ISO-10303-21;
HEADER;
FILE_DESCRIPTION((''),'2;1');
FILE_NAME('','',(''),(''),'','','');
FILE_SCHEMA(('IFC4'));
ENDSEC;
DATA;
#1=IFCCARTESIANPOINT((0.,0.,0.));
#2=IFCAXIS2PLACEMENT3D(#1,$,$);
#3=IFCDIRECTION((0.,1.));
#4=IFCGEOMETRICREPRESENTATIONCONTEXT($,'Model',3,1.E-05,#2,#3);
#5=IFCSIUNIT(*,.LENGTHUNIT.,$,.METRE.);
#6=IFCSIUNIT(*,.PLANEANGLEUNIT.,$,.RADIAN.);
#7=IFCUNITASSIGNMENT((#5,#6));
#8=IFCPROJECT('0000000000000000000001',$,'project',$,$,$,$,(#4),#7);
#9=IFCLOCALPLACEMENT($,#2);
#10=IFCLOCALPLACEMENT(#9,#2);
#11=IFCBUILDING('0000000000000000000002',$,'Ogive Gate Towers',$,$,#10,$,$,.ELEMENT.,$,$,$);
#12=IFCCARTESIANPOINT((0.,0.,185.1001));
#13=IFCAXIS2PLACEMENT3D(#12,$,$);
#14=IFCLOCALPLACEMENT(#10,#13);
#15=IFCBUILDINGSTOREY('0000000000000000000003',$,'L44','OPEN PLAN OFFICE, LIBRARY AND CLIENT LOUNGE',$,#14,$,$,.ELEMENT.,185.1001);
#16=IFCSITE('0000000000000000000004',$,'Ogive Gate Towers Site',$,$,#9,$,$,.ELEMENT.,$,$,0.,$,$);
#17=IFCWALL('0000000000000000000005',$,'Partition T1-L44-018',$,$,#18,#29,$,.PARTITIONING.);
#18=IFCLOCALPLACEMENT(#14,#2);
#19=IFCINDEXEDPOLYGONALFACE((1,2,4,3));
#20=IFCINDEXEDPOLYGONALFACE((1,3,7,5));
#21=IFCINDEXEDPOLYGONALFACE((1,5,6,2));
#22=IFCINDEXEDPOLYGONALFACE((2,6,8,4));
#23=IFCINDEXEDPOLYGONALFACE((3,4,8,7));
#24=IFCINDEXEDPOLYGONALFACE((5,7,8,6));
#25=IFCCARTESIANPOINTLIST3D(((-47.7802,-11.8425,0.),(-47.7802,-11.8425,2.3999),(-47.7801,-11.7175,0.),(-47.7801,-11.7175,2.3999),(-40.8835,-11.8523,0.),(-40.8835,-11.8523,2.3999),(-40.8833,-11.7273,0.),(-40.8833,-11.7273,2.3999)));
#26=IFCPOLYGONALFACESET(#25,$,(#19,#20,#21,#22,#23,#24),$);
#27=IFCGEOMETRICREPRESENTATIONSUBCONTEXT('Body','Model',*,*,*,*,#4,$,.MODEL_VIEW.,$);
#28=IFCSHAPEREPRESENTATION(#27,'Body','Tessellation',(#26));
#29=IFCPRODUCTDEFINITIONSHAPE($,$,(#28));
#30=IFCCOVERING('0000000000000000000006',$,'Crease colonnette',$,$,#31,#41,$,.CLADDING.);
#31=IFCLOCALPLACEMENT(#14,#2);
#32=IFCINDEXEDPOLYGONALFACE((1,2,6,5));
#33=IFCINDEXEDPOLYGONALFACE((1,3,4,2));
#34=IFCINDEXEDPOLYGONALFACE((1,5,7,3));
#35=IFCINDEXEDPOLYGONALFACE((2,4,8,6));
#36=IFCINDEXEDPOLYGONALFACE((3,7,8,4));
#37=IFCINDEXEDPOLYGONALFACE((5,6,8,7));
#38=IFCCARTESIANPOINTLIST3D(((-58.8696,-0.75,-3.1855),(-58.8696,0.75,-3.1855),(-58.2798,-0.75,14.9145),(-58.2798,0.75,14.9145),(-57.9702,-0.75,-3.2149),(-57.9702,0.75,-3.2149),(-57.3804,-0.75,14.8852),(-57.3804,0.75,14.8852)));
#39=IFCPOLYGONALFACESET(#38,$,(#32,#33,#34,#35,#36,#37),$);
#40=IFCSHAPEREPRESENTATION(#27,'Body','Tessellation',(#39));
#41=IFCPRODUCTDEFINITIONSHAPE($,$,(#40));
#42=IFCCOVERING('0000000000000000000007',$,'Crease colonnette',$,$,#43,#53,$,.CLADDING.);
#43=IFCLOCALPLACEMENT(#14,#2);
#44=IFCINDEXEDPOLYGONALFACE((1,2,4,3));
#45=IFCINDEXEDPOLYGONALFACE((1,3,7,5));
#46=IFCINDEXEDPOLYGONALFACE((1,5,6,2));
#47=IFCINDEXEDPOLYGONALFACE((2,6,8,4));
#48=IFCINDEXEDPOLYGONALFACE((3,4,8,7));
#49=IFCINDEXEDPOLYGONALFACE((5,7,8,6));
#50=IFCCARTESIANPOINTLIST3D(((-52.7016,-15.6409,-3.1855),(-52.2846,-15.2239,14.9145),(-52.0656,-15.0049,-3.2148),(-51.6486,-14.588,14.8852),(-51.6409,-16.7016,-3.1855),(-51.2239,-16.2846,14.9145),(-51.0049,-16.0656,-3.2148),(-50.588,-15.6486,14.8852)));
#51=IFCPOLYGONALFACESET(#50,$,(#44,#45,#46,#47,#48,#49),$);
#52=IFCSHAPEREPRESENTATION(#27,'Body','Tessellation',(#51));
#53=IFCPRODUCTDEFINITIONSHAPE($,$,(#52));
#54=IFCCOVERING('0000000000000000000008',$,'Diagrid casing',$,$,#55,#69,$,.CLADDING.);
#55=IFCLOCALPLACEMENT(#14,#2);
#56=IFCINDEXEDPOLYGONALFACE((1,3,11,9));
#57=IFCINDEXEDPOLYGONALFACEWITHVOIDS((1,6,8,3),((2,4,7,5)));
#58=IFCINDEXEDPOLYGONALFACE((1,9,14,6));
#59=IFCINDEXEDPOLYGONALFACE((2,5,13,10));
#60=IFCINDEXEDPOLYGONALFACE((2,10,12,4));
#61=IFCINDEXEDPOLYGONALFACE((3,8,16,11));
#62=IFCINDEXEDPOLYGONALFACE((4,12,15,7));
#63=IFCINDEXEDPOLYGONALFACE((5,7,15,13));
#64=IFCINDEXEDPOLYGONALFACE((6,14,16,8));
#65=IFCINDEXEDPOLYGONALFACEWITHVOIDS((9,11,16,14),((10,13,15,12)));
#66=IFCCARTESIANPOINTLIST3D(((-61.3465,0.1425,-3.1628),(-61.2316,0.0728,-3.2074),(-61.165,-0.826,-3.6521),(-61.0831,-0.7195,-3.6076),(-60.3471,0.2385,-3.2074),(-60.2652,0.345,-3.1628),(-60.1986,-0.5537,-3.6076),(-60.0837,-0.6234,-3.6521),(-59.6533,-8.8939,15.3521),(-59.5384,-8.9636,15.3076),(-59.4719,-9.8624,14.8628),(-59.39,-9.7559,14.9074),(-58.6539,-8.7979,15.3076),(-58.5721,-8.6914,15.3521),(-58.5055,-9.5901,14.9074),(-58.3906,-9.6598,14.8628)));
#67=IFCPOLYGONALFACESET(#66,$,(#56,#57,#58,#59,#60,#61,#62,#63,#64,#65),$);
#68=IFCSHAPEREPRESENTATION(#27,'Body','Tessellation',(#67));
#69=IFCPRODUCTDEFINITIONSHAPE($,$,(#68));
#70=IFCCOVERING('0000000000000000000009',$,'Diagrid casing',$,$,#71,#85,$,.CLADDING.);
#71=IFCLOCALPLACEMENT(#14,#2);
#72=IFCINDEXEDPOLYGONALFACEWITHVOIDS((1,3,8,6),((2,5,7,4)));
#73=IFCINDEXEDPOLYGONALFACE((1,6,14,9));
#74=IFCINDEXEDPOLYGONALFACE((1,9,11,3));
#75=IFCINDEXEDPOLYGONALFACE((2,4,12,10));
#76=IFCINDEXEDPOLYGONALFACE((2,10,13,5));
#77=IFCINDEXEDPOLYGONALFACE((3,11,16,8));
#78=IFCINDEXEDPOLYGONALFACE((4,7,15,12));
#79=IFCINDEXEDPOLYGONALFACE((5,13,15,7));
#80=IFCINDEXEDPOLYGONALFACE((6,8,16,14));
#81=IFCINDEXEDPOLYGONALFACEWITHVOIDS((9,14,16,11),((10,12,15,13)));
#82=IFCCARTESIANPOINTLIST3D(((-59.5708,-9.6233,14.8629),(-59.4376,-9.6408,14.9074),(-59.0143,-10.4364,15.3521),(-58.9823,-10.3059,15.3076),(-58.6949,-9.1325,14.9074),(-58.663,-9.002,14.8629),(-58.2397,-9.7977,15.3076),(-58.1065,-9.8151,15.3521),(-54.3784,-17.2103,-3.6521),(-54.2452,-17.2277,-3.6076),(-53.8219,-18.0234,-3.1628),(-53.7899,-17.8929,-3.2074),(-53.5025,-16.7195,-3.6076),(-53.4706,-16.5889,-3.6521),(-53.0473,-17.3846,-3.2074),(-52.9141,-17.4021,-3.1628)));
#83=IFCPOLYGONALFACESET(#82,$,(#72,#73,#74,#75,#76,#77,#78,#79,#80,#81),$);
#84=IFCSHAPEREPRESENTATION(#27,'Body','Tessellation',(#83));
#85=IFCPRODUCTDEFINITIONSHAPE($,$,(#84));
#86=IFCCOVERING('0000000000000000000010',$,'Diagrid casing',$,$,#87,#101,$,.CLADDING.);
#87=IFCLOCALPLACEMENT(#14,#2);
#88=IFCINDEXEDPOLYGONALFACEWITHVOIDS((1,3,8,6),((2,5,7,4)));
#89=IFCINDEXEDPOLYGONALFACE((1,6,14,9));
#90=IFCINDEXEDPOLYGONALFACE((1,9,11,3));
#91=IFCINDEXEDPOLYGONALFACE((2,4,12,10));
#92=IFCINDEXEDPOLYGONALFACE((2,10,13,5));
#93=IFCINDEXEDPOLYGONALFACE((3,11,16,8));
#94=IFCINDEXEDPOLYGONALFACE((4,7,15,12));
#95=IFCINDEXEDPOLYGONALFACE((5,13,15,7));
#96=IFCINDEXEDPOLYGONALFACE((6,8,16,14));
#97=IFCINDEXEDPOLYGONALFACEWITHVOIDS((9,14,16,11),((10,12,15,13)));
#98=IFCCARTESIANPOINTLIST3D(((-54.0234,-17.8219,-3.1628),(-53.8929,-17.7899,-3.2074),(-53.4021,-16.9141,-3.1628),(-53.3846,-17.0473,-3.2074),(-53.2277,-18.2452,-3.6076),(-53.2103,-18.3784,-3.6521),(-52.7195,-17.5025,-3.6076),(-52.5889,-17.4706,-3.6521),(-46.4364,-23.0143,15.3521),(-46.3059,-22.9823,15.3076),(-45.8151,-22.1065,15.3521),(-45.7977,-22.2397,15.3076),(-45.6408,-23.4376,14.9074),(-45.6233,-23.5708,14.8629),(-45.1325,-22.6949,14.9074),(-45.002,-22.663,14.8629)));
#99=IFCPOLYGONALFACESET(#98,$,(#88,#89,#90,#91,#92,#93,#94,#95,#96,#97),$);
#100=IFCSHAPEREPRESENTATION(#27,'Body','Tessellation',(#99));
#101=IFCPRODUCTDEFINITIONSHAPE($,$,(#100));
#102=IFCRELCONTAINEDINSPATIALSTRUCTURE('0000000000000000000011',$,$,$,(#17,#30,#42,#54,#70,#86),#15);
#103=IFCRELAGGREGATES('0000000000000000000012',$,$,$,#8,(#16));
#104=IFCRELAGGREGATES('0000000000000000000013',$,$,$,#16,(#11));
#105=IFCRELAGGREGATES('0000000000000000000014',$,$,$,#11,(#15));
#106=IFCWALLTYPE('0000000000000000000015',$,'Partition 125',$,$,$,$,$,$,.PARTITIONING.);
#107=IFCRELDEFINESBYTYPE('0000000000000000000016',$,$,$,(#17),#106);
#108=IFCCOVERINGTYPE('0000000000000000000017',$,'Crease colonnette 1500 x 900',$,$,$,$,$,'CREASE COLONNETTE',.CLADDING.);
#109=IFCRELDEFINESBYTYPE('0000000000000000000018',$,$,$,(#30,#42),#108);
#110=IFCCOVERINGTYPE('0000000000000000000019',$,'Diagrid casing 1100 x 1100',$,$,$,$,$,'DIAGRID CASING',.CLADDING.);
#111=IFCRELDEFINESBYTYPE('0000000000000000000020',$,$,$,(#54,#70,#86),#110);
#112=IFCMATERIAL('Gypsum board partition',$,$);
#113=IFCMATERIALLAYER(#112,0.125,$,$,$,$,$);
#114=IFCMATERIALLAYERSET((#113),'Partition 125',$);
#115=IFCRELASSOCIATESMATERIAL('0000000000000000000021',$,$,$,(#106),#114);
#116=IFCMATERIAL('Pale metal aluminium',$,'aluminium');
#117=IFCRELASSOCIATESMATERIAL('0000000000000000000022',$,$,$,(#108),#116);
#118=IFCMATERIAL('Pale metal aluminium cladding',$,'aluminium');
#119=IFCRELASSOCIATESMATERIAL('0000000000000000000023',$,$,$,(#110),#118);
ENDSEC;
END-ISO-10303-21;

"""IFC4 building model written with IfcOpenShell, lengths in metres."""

from ifc_helpers import new_model, si_unit, direction, frame, frame_2d, origin, origin_2d, place, context, subcontext, project, spatial, rectangle, hollow_rectangle, extrude, material, layer, layer_set, material_profile, profile_set, type_object, element, save


model = new_model("IFC4")

# Units and contexts
model_context = context("Model", 3, precision=1e-05, world=origin(), true_north=direction((0.0, 1.0)))
body_context = subcontext(model_context, "Body", "Model", "MODEL_VIEW")
ifc_project = project(units=[si_unit("LENGTHUNIT", "METRE"), si_unit("PLANEANGLEUNIT", "RADIAN")], contexts=[model_context])

# Site, building, storey
site_placement = place(None, origin())
site = spatial("IfcSite", under=ifc_project, at=site_placement, Name="Ogive Gate Towers Site", CompositionType="ELEMENT", RefElevation=0.0)
building_placement = place(site_placement, origin())
building = spatial("IfcBuilding", under=site, at=building_placement, Name="Ogive Gate Towers", CompositionType="ELEMENT")
storey_placement = place(building_placement, frame((0.0, 0.0, 185.1001)))
storey = spatial("IfcBuildingStorey", under=building, at=storey_placement, Name="L44", Description="OPEN PLAN OFFICE, LIBRARY AND CLIENT LOUNGE", CompositionType="ELEMENT", Elevation=185.1001)

# Shared definitions
ifc_material_1 = material(Name="Gypsum board partition")
ifc_layer = layer(ifc_material_1, 0.125)
ifc_layer_set = layer_set([ifc_layer], Name="Partition 125")
wall_type = type_object("IfcWallType", Name="Partition 125", PredefinedType="PARTITIONING", material=ifc_layer_set)

# Wall
wall_1_placement = place(storey_placement, frame((-47.78, -11.78, 0.0), z_axis=(0.0, 0.0, 1.0), x_axis=(0.999999, -0.001416, 0.0)))
element("IfcWall", 1, at=wall_1_placement, inside=storey, type_object=wall_type, Name="Partition T1-L44-018", PredefinedType="PARTITIONING", context=body_context, shape_type="SweptSolid", body=[
    extrude(rectangle(XDim=6.8967, YDim=0.125, at=frame_2d((3.4482, 0.0))), origin(), (0.0, 0.0, 1.0), 2.3999),
])

# Coverings
ifc_material_2 = material(Name="Pale metal aluminium", Category="aluminium")
ifc_material_profile_1 = material_profile(ifc_material_2, rectangle(XDim=1.5, YDim=0.8999, at=origin_2d()), Name="1500 x 900 pale metal aluminium")
ifc_profile_set_1 = profile_set([ifc_material_profile_1], Name="Pale metal aluminium")
covering_type_1 = type_object("IfcCoveringType", Name="Crease colonnette 1500 x 900", ElementType="CREASE COLONNETTE", PredefinedType="CLADDING", material=ifc_profile_set_1)
for number, where, z_axis, x_axis, name in (
    (2, (-58.4199, 0.0, -3.2002), (0.032571, 0.0, 0.999469), (0.0, 1.0, 0.0), "Crease colonnette"),
    (3, (-51.8533, -15.8533, -3.2002), (0.023026, 0.023026, 0.99947), (-0.707107, 0.707107, 0.0), "Crease colonnette"),
):
    element("IfcCovering", number, at=place(storey_placement, frame(where, z_axis=z_axis, x_axis=x_axis)), inside=storey, type_object=covering_type_1, Name=name, PredefinedType="CLADDING", context=body_context, shape_type="SweptSolid", body=[
        extrude(rectangle(XDim=1.5, YDim=0.8999, at=origin_2d()), origin(), (0.0, 0.0, 1.0), 18.1096),
    ])
ifc_material_3 = material(Name="Pale metal aluminium cladding", Category="aluminium")
ifc_material_profile_2 = material_profile(ifc_material_3, hollow_rectangle(XDim=1.1001, YDim=1.1001, WallThickness=0.1001, at=origin_2d()), Name="1100 x 1100 pale metal casing")
ifc_profile_set_2 = profile_set([ifc_material_profile_2], Name="Pale metal aluminium cladding")
covering_type_2 = type_object("IfcCoveringType", Name="Diagrid casing 1100 x 1100", ElementType="DIAGRID CASING", PredefinedType="CLADDING", material=ifc_profile_set_2)
for number, where, z_axis, x_axis, name in (
    (4, (-60.7151, -0.2405, -3.4075), (0.081905, -0.437135, 0.895659), (0.982896, 0.184162, 0.0), "Diagrid casing"),
    (5, (-53.6462, -17.3062, -3.4075), (-0.251182, 0.367018, 0.895659), (-0.82524, -0.564783, 0.0), "Diagrid casing"),
    (6, (-53.3062, -17.6462, -3.4075), (0.367018, -0.251182, 0.895659), (0.564783, 0.82524, 0.0), "Diagrid casing"),
):
    element("IfcCovering", number, at=place(storey_placement, frame(where, z_axis=z_axis, x_axis=x_axis)), inside=storey, type_object=covering_type_2, Name=name, PredefinedType="CLADDING", context=body_context, shape_type="SweptSolid", body=[
        extrude(hollow_rectangle(XDim=1.1001, YDim=1.1001, WallThickness=0.1001, at=origin_2d()), origin(), (0.0, 0.0, 1.0), 20.6719),
    ])

save(model, "model.ifc")
